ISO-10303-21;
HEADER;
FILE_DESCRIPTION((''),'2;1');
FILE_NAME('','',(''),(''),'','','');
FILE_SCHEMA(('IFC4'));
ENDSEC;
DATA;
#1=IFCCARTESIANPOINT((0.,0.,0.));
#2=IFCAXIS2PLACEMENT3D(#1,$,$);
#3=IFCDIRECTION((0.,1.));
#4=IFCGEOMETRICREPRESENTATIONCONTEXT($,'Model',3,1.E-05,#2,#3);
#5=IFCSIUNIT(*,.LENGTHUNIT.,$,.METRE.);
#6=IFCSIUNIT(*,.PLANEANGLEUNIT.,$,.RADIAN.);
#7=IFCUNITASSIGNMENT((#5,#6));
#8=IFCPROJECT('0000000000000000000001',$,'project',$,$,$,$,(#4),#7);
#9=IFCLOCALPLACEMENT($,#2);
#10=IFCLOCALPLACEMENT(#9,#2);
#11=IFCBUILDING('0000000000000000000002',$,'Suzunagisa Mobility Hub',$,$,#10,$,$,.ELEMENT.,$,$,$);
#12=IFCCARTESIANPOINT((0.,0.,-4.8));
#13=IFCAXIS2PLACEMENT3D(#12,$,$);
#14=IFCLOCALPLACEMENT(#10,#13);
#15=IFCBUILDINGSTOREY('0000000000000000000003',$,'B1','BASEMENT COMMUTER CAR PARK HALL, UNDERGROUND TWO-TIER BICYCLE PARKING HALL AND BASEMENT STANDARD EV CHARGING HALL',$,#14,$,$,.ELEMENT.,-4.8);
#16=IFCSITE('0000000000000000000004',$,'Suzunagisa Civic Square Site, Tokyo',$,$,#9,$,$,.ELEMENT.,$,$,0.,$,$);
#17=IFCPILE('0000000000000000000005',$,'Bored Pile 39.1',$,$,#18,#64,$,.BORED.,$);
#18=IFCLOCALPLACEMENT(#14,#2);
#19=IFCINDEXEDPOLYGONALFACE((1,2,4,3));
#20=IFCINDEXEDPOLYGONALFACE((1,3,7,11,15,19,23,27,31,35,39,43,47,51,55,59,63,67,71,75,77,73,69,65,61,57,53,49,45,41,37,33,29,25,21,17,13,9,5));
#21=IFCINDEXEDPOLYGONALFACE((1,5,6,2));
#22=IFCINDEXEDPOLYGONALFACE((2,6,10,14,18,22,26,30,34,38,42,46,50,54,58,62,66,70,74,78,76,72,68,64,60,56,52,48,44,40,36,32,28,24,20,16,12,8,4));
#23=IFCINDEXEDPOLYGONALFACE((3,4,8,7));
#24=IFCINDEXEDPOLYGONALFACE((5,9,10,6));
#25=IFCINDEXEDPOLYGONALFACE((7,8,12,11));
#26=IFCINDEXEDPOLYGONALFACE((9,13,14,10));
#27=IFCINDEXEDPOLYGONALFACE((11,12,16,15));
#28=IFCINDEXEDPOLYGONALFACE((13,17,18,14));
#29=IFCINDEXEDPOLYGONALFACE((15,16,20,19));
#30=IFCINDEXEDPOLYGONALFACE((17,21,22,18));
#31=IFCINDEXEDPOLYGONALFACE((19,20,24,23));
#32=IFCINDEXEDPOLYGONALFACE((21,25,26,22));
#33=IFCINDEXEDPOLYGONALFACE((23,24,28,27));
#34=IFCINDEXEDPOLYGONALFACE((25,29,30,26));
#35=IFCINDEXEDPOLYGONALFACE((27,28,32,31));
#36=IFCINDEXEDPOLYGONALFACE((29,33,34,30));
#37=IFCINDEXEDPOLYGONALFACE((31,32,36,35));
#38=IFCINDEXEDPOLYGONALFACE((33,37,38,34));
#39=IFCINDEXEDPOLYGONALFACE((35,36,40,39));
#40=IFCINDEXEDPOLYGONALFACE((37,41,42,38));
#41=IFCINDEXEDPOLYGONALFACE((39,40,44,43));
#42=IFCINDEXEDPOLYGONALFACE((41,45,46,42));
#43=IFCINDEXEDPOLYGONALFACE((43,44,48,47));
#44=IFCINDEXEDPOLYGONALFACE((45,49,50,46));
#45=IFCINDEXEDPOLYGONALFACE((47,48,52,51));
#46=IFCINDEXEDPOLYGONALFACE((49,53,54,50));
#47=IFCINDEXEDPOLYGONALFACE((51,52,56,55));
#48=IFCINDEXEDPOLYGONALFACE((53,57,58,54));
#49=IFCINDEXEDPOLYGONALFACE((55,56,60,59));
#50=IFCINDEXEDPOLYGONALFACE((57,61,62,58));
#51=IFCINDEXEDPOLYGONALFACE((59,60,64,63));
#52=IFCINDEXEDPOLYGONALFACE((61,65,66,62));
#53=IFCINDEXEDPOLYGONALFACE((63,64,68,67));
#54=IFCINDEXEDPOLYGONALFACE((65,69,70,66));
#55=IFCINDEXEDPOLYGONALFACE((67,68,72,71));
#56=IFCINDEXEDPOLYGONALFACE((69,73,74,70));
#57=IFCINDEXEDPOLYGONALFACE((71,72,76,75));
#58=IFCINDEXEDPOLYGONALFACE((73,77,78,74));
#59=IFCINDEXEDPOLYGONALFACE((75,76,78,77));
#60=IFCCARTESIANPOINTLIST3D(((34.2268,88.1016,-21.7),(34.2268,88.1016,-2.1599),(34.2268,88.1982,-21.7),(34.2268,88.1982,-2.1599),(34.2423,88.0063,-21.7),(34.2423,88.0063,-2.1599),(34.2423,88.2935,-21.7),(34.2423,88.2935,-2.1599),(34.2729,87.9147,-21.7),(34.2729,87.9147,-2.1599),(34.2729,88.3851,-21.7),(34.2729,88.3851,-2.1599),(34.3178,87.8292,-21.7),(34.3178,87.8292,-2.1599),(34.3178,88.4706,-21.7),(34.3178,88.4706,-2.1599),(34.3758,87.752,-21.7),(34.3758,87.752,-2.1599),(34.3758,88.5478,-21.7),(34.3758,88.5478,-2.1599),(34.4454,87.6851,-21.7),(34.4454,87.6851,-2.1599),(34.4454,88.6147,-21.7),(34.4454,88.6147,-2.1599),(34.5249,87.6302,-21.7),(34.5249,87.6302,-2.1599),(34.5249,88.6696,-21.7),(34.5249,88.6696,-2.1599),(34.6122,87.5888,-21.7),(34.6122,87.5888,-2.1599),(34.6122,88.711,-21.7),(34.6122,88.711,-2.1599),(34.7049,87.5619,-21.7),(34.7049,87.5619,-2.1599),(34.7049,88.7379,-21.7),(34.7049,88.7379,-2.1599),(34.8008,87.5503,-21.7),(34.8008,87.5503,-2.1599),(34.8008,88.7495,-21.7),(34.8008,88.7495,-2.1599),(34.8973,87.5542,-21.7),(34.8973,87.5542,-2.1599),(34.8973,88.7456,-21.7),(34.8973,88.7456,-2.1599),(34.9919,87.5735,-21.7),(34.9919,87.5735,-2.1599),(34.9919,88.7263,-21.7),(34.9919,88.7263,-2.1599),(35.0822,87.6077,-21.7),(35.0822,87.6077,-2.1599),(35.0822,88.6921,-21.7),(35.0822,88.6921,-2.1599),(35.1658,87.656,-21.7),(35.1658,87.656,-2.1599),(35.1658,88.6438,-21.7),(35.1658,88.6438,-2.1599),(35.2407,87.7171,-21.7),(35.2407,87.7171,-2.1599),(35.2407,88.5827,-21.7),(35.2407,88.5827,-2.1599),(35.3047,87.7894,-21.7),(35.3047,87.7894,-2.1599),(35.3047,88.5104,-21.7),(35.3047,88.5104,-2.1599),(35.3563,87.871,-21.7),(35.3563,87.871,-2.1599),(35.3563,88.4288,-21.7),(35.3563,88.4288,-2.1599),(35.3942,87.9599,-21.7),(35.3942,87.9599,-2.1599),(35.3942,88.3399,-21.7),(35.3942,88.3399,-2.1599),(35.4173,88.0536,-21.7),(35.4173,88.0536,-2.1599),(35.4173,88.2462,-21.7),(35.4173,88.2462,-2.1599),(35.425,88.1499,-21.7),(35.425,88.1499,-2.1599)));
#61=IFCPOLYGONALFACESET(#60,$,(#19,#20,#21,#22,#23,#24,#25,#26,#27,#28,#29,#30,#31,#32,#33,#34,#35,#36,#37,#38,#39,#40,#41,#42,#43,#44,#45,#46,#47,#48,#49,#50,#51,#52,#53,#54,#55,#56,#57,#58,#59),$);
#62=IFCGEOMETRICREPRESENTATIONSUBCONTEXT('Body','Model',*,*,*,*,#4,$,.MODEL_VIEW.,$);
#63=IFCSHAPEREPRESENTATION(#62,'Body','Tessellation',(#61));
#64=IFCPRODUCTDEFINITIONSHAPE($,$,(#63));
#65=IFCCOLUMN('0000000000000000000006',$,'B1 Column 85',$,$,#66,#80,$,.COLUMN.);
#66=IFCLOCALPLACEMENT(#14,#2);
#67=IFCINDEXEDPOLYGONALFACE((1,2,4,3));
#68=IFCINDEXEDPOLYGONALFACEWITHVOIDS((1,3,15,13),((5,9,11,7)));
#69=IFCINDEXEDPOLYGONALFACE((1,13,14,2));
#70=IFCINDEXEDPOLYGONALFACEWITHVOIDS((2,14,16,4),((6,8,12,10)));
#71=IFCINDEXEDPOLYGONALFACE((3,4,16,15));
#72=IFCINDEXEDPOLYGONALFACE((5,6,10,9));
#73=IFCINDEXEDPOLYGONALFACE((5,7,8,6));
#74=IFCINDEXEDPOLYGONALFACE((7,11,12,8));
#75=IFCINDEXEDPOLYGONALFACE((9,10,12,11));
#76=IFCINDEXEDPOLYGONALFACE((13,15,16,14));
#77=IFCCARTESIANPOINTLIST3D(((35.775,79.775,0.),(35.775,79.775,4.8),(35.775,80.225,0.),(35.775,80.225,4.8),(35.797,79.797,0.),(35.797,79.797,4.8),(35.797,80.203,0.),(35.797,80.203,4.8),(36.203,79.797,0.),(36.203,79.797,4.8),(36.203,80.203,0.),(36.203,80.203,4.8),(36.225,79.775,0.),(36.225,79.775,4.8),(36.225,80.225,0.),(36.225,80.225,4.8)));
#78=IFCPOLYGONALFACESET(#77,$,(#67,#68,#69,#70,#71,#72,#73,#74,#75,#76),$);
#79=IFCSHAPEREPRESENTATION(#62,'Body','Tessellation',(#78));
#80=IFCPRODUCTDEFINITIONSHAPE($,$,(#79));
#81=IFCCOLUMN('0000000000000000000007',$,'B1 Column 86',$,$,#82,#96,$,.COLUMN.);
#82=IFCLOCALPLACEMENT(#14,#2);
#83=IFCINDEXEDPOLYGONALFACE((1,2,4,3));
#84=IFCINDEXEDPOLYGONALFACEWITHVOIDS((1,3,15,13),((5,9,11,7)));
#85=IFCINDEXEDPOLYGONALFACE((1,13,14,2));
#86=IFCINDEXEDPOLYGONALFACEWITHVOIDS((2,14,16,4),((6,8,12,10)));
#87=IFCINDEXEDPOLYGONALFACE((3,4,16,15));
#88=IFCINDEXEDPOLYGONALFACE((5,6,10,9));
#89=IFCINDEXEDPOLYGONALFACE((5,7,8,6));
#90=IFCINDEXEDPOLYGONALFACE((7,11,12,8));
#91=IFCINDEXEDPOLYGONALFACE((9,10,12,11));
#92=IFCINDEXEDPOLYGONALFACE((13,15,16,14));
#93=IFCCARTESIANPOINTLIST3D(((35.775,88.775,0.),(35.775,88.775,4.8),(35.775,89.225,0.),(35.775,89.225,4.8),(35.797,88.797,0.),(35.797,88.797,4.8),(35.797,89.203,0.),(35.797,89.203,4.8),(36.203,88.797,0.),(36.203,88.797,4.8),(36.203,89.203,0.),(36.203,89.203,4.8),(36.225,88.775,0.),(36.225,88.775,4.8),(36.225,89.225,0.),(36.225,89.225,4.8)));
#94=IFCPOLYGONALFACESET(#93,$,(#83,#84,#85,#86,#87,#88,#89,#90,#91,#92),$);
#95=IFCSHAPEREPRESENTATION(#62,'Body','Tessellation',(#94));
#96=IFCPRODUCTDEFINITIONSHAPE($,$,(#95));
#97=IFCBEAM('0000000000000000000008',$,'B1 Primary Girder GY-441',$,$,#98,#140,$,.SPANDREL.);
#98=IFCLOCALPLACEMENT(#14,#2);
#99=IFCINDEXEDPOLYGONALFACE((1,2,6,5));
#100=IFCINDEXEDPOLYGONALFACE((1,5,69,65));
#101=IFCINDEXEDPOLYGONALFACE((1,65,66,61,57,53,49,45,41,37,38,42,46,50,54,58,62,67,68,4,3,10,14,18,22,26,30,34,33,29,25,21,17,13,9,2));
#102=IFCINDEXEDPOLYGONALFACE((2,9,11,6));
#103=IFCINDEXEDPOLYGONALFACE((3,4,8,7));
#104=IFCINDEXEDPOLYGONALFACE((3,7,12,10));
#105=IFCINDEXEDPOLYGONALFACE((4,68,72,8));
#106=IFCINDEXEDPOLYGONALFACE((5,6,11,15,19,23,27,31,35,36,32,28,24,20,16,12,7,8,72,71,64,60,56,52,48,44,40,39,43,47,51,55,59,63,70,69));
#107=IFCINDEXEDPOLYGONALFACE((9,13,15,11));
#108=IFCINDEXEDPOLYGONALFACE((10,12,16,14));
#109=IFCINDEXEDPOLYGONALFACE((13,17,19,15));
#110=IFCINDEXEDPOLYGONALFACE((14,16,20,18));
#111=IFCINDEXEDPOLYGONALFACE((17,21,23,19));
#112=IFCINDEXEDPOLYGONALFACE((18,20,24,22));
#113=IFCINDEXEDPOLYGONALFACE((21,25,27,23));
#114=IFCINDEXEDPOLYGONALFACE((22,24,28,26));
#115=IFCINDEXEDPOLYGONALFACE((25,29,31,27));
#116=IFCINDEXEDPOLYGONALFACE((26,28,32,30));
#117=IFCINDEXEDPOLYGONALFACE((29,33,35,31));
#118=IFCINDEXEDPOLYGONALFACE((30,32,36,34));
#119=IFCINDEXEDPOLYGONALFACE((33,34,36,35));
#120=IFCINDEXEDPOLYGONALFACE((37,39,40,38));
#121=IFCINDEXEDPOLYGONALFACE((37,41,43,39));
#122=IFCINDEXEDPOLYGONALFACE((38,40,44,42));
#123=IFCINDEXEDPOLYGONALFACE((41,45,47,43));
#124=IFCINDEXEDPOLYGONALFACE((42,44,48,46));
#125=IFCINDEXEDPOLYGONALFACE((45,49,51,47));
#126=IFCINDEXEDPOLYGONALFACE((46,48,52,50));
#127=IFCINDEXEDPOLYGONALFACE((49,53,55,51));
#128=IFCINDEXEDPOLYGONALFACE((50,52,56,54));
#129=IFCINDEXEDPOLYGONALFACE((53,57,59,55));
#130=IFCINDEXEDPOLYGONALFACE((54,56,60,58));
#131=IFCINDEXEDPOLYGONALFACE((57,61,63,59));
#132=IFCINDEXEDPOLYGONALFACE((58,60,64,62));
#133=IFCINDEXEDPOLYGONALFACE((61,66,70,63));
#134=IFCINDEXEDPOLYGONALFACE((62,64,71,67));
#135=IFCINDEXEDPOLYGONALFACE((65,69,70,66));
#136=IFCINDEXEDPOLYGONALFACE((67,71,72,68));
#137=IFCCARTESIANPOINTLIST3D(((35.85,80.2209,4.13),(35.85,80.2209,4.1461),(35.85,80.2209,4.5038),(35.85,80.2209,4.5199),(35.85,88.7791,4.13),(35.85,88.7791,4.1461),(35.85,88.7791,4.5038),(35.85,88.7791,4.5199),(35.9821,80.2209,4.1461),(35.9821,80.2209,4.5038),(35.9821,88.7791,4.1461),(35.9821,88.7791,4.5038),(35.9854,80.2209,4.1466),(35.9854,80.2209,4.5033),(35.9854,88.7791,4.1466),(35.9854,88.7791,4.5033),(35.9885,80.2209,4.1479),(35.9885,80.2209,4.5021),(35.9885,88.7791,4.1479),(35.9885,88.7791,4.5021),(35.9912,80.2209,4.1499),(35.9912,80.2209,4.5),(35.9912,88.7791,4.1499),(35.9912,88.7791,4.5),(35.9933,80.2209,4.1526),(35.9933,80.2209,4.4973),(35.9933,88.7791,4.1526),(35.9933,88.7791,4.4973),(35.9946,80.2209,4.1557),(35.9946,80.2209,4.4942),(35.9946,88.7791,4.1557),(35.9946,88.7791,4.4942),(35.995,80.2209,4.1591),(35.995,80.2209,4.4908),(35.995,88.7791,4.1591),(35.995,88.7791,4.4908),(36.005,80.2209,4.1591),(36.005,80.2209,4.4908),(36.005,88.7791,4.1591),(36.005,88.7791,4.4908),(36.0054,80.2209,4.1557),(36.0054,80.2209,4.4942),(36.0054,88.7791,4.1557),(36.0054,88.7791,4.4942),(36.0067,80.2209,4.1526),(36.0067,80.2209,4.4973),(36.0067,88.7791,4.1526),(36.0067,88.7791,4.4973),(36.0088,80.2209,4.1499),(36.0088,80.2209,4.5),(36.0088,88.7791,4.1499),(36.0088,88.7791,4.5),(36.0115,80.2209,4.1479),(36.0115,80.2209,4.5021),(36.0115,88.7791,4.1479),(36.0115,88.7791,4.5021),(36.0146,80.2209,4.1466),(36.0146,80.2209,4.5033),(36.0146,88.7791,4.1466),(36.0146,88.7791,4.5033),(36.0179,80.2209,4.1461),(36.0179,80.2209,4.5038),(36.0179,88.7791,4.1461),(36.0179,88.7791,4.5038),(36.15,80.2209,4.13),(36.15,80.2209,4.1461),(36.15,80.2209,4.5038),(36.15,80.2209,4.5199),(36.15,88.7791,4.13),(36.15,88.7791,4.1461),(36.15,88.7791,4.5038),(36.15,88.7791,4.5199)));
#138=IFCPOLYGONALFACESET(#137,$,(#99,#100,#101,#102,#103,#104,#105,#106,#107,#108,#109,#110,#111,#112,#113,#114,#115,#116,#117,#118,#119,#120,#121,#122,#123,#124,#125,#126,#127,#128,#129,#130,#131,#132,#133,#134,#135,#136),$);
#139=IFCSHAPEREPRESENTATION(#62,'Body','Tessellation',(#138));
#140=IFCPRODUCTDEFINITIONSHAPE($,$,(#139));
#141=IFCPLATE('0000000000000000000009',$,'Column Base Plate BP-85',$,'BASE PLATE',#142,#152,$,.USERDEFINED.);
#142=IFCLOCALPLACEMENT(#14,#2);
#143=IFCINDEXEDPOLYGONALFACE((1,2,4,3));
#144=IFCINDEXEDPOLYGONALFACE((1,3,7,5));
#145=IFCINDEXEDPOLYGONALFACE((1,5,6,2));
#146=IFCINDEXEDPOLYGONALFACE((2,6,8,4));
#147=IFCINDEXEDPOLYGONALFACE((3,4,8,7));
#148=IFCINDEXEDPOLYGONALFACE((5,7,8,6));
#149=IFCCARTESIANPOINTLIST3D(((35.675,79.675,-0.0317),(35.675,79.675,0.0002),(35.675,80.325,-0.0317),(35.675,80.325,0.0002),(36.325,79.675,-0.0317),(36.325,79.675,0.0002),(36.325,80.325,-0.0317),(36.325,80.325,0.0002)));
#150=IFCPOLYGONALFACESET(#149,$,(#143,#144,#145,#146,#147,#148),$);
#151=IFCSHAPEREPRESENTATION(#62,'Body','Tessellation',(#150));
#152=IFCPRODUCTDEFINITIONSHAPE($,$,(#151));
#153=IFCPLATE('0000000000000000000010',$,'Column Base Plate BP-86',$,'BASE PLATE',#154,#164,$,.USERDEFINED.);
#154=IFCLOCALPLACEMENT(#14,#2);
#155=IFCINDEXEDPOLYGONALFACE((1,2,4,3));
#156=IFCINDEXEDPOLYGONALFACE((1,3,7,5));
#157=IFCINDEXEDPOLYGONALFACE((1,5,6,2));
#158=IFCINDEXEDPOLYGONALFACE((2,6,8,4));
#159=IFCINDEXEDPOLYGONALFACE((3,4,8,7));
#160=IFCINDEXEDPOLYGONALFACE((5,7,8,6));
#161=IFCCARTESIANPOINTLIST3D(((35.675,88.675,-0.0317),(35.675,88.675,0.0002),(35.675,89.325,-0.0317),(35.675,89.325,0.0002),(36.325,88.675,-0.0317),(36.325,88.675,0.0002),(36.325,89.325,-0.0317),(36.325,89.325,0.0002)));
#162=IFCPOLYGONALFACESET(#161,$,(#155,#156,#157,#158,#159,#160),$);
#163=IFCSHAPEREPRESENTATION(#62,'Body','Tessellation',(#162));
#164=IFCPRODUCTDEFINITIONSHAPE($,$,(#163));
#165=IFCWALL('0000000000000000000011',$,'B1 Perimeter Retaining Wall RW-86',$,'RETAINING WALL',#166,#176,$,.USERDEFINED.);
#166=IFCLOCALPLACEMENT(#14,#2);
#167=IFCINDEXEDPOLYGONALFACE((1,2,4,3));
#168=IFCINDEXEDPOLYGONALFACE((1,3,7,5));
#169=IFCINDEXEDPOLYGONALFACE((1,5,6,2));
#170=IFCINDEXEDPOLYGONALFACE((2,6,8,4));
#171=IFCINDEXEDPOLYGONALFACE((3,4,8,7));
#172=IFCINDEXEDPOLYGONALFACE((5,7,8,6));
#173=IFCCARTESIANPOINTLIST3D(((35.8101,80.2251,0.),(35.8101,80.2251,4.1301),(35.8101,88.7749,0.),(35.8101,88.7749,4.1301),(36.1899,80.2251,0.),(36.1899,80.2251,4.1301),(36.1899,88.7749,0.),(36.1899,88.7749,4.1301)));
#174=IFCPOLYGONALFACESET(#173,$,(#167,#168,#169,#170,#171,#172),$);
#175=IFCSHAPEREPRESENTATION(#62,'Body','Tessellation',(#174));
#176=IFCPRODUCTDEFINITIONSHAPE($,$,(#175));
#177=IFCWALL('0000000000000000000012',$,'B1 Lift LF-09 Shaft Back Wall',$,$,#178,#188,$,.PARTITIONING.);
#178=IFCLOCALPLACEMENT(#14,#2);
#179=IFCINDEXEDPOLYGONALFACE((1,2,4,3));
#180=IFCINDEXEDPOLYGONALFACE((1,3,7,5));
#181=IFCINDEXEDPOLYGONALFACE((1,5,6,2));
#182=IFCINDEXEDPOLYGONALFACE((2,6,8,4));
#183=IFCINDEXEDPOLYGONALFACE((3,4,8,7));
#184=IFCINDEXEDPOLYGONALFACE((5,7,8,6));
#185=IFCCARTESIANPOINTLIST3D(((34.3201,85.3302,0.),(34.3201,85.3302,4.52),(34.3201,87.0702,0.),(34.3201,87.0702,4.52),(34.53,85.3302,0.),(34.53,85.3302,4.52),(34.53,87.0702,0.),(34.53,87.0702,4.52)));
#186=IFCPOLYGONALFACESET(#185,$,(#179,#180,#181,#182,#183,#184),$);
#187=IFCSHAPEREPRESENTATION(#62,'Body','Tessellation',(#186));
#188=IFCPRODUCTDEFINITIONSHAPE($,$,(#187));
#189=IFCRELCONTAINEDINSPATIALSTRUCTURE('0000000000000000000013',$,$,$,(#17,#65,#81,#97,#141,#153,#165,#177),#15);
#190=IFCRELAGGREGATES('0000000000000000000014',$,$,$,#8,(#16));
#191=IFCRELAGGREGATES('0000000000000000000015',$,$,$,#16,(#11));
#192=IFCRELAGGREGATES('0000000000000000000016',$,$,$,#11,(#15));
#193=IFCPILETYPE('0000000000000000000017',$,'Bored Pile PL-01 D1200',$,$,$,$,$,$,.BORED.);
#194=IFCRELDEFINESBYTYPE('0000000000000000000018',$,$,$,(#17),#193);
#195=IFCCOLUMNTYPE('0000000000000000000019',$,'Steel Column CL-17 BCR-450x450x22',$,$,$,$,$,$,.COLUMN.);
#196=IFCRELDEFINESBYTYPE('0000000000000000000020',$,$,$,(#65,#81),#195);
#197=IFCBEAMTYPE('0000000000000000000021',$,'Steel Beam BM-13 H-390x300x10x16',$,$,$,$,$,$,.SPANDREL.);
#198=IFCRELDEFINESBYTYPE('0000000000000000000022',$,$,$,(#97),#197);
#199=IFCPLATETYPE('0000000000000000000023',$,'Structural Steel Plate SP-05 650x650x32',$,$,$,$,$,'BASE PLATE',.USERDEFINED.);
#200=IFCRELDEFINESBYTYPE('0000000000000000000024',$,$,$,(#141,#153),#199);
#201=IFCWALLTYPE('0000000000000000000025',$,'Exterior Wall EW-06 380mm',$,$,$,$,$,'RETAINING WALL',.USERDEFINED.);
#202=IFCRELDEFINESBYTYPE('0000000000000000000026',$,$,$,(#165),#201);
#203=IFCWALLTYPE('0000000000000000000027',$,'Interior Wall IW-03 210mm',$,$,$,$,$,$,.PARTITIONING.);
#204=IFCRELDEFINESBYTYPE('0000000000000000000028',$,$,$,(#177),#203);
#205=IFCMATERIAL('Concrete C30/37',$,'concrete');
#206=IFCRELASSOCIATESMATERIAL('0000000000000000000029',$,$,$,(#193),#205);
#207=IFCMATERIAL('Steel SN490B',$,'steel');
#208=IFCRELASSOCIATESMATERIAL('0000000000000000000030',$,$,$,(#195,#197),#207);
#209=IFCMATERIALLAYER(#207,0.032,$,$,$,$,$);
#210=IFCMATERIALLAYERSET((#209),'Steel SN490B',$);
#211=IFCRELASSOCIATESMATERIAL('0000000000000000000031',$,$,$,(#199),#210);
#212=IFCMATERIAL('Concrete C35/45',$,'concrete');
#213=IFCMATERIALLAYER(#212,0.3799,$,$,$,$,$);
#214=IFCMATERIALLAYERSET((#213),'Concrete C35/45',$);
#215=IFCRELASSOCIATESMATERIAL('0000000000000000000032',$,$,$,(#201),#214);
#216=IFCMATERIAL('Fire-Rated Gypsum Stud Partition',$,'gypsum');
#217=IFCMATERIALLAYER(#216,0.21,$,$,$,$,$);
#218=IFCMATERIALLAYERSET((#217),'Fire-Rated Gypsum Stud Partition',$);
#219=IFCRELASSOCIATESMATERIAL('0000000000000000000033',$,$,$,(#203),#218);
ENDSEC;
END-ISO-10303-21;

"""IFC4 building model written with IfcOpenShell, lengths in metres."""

from ifc_helpers import new_model, si_unit, direction, frame, frame_2d, origin, origin_2d, place, context, subcontext, project, spatial, rectangle, hollow_rectangle, circle, i_section, extrude, material, layer, layer_set, material_profile, profile_set, type_object, element, save


model = new_model("IFC4")

# Units and contexts
model_context = context("Model", 3, precision=1e-05, world=origin(), true_north=direction((0.0, 1.0)))
body_context = subcontext(model_context, "Body", "Model", "MODEL_VIEW")
ifc_project = project(units=[si_unit("LENGTHUNIT", "METRE"), si_unit("PLANEANGLEUNIT", "RADIAN")], contexts=[model_context])

# Site, building, storey
site_placement = place(None, origin())
site = spatial("IfcSite", under=ifc_project, at=site_placement, Name="Suzunagisa Civic Square Site, Tokyo", CompositionType="ELEMENT", RefElevation=0.0)
building_placement = place(site_placement, origin())
building = spatial("IfcBuilding", under=site, at=building_placement, Name="Suzunagisa Mobility Hub", CompositionType="ELEMENT")
storey_placement = place(building_placement, frame((0.0, 0.0, -4.8)))
storey = spatial("IfcBuildingStorey", under=building, at=storey_placement, Name="B1", Description="BASEMENT COMMUTER CAR PARK HALL, UNDERGROUND TWO-TIER BICYCLE PARKING HALL AND BASEMENT STANDARD EV CHARGING HALL", CompositionType="ELEMENT", Elevation=-4.8)

# Pile
ifc_material_1 = material(Name="Concrete C30/37", Category="concrete")
ifc_material_profile_1 = material_profile(ifc_material_1, circle(Radius=0.6001, at=origin_2d()), Name="BORED PILE D1200")
ifc_profile_set_1 = profile_set([ifc_material_profile_1], Name="Concrete C30/37")
pile_type = type_object("IfcPileType", Name="Bored Pile PL-01 D1200", PredefinedType="BORED", material=ifc_profile_set_1)
pile_placement = place(storey_placement, frame((34.825, 88.1499, -2.1599), z_axis=(0.0, 0.0, -1.0), x_axis=(1.0, 0.0, 0.0)))
element("IfcPile", 1, at=pile_placement, inside=storey, type_object=pile_type, Name="Bored Pile 39.1", PredefinedType="BORED", context=body_context, shape_type="SweptSolid", body=[
    extrude(circle(Radius=0.6001, at=origin_2d()), origin(), (0.0, 0.0, 1.0), 19.54),
])

# Columns
ifc_material_2 = material(Name="Steel SN490B", Category="steel")
ifc_material_profile_2 = material_profile(ifc_material_2, hollow_rectangle(XDim=0.45, YDim=0.45, WallThickness=0.022, at=origin_2d()), Name="BCR-450x450x22")
ifc_profile_set_2 = profile_set([ifc_material_profile_2], Name="Steel SN490B")
column_type = type_object("IfcColumnType", Name="Steel Column CL-17 BCR-450x450x22", PredefinedType="COLUMN", material=ifc_profile_set_2)
for number, where, z_axis, x_axis, name in (
    (2, (36.0, 80.0, 0.0), (0.0, 0.0, 1.0), (1.0, 0.0, 0.0), "B1 Column 85"),
    (3, (36.0, 89.0, 0.0), (0.0, 0.0, 1.0), (1.0, 0.0, 0.0), "B1 Column 86"),
):
    element("IfcColumn", number, at=place(storey_placement, frame(where, z_axis=z_axis, x_axis=x_axis)), inside=storey, type_object=column_type, Name=name, PredefinedType="COLUMN", context=body_context, shape_type="SweptSolid", body=[
        extrude(hollow_rectangle(XDim=0.45, YDim=0.45, WallThickness=0.022, at=origin_2d()), origin(), (0.0, 0.0, 1.0), 4.8),
    ])

# Beam
ifc_material_profile_3 = material_profile(ifc_material_2, i_section(OverallWidth=0.3, OverallDepth=0.3899, WebThickness=0.01, FlangeThickness=0.0161, FilletRadius=0.0129, at=origin_2d()), Name="H-390x300x10x16")
ifc_profile_set_3 = profile_set([ifc_material_profile_3], Name="Steel SN490B")
beam_type = type_object("IfcBeamType", Name="Steel Beam BM-13 H-390x300x10x16", PredefinedType="SPANDREL", material=ifc_profile_set_3)
beam_placement = place(storey_placement, frame((36.0, 80.2209, 4.325), z_axis=(0.0, 1.0, 0.0), x_axis=(-1.0, 0.0, 0.0)))
element("IfcBeam", 4, at=beam_placement, inside=storey, type_object=beam_type, Name="B1 Primary Girder GY-441", PredefinedType="SPANDREL", context=body_context, shape_type="SweptSolid", body=[
    extrude(i_section(OverallWidth=0.3, OverallDepth=0.3899, WebThickness=0.01, FlangeThickness=0.0161, FilletRadius=0.0129, at=origin_2d()), origin(), (0.0, 0.0, 1.0), 8.5581),
])

# Plates
ifc_layer_1 = layer(ifc_material_2, 0.032)
ifc_layer_set_1 = layer_set([ifc_layer_1], Name="Steel SN490B")
plate_type = type_object("IfcPlateType", Name="Structural Steel Plate SP-05 650x650x32", ElementType="BASE PLATE", PredefinedType="USERDEFINED", material=ifc_layer_set_1)
for number, where, z_axis, x_axis, name in (
    (5, (36.0, 80.0, -0.0317), (0.0, 0.0, 1.0), (1.0, 0.0, 0.0), "Column Base Plate BP-85"),
    (6, (36.0, 89.0, -0.0317), (0.0, 0.0, 1.0), (1.0, 0.0, 0.0), "Column Base Plate BP-86"),
):
    element("IfcPlate", number, at=place(storey_placement, frame(where, z_axis=z_axis, x_axis=x_axis)), inside=storey, type_object=plate_type, Name=name, ObjectType="BASE PLATE", PredefinedType="USERDEFINED", context=body_context, shape_type="SweptSolid", body=[
        extrude(rectangle(XDim=0.6499, YDim=0.6499, at=origin_2d()), origin(), (0.0, 0.0, 1.0), 0.032),
    ])

# Wall
ifc_material_3 = material(Name="Concrete C35/45", Category="concrete")
ifc_layer_2 = layer(ifc_material_3, 0.3799)
ifc_layer_set_2 = layer_set([ifc_layer_2], Name="Concrete C35/45")
wall_type_1 = type_object("IfcWallType", Name="Exterior Wall EW-06 380mm", ElementType="RETAINING WALL", PredefinedType="USERDEFINED", material=ifc_layer_set_2)
wall_1_placement = place(storey_placement, frame((36.0, 80.2251, 0.0), z_axis=(0.0, 0.0, 1.0), x_axis=(0.0, 1.0, 0.0)))
element("IfcWall", 7, at=wall_1_placement, inside=storey, type_object=wall_type_1, Name="B1 Perimeter Retaining Wall RW-86", ObjectType="RETAINING WALL", PredefinedType="USERDEFINED", context=body_context, shape_type="SweptSolid", body=[
    extrude(rectangle(XDim=8.5498, YDim=0.3799, at=frame_2d((4.2749, 0.0))), origin(), (0.0, 0.0, 1.0), 4.1301),
])

# Shared definitions
ifc_material_4 = material(Name="Fire-Rated Gypsum Stud Partition", Category="gypsum")
ifc_layer_3 = layer(ifc_material_4, 0.21)
ifc_layer_set_3 = layer_set([ifc_layer_3], Name="Fire-Rated Gypsum Stud Partition")
wall_type_2 = type_object("IfcWallType", Name="Interior Wall IW-03 210mm", PredefinedType="PARTITIONING", material=ifc_layer_set_3)

# Wall
wall_2_placement = place(storey_placement, frame((34.425, 85.3301, 0.0), z_axis=(0.0, 0.0, 1.0), x_axis=(0.0, 1.0, 0.0)))
element("IfcWall", 8, at=wall_2_placement, inside=storey, type_object=wall_type_2, Name="B1 Lift LF-09 Shaft Back Wall", PredefinedType="PARTITIONING", context=body_context, shape_type="SweptSolid", body=[
    extrude(rectangle(XDim=1.74, YDim=0.21, at=frame_2d((0.8701, 0.0))), origin(), (0.0, 0.0, 1.0), 4.52),
])

save(model, "model.ifc")
